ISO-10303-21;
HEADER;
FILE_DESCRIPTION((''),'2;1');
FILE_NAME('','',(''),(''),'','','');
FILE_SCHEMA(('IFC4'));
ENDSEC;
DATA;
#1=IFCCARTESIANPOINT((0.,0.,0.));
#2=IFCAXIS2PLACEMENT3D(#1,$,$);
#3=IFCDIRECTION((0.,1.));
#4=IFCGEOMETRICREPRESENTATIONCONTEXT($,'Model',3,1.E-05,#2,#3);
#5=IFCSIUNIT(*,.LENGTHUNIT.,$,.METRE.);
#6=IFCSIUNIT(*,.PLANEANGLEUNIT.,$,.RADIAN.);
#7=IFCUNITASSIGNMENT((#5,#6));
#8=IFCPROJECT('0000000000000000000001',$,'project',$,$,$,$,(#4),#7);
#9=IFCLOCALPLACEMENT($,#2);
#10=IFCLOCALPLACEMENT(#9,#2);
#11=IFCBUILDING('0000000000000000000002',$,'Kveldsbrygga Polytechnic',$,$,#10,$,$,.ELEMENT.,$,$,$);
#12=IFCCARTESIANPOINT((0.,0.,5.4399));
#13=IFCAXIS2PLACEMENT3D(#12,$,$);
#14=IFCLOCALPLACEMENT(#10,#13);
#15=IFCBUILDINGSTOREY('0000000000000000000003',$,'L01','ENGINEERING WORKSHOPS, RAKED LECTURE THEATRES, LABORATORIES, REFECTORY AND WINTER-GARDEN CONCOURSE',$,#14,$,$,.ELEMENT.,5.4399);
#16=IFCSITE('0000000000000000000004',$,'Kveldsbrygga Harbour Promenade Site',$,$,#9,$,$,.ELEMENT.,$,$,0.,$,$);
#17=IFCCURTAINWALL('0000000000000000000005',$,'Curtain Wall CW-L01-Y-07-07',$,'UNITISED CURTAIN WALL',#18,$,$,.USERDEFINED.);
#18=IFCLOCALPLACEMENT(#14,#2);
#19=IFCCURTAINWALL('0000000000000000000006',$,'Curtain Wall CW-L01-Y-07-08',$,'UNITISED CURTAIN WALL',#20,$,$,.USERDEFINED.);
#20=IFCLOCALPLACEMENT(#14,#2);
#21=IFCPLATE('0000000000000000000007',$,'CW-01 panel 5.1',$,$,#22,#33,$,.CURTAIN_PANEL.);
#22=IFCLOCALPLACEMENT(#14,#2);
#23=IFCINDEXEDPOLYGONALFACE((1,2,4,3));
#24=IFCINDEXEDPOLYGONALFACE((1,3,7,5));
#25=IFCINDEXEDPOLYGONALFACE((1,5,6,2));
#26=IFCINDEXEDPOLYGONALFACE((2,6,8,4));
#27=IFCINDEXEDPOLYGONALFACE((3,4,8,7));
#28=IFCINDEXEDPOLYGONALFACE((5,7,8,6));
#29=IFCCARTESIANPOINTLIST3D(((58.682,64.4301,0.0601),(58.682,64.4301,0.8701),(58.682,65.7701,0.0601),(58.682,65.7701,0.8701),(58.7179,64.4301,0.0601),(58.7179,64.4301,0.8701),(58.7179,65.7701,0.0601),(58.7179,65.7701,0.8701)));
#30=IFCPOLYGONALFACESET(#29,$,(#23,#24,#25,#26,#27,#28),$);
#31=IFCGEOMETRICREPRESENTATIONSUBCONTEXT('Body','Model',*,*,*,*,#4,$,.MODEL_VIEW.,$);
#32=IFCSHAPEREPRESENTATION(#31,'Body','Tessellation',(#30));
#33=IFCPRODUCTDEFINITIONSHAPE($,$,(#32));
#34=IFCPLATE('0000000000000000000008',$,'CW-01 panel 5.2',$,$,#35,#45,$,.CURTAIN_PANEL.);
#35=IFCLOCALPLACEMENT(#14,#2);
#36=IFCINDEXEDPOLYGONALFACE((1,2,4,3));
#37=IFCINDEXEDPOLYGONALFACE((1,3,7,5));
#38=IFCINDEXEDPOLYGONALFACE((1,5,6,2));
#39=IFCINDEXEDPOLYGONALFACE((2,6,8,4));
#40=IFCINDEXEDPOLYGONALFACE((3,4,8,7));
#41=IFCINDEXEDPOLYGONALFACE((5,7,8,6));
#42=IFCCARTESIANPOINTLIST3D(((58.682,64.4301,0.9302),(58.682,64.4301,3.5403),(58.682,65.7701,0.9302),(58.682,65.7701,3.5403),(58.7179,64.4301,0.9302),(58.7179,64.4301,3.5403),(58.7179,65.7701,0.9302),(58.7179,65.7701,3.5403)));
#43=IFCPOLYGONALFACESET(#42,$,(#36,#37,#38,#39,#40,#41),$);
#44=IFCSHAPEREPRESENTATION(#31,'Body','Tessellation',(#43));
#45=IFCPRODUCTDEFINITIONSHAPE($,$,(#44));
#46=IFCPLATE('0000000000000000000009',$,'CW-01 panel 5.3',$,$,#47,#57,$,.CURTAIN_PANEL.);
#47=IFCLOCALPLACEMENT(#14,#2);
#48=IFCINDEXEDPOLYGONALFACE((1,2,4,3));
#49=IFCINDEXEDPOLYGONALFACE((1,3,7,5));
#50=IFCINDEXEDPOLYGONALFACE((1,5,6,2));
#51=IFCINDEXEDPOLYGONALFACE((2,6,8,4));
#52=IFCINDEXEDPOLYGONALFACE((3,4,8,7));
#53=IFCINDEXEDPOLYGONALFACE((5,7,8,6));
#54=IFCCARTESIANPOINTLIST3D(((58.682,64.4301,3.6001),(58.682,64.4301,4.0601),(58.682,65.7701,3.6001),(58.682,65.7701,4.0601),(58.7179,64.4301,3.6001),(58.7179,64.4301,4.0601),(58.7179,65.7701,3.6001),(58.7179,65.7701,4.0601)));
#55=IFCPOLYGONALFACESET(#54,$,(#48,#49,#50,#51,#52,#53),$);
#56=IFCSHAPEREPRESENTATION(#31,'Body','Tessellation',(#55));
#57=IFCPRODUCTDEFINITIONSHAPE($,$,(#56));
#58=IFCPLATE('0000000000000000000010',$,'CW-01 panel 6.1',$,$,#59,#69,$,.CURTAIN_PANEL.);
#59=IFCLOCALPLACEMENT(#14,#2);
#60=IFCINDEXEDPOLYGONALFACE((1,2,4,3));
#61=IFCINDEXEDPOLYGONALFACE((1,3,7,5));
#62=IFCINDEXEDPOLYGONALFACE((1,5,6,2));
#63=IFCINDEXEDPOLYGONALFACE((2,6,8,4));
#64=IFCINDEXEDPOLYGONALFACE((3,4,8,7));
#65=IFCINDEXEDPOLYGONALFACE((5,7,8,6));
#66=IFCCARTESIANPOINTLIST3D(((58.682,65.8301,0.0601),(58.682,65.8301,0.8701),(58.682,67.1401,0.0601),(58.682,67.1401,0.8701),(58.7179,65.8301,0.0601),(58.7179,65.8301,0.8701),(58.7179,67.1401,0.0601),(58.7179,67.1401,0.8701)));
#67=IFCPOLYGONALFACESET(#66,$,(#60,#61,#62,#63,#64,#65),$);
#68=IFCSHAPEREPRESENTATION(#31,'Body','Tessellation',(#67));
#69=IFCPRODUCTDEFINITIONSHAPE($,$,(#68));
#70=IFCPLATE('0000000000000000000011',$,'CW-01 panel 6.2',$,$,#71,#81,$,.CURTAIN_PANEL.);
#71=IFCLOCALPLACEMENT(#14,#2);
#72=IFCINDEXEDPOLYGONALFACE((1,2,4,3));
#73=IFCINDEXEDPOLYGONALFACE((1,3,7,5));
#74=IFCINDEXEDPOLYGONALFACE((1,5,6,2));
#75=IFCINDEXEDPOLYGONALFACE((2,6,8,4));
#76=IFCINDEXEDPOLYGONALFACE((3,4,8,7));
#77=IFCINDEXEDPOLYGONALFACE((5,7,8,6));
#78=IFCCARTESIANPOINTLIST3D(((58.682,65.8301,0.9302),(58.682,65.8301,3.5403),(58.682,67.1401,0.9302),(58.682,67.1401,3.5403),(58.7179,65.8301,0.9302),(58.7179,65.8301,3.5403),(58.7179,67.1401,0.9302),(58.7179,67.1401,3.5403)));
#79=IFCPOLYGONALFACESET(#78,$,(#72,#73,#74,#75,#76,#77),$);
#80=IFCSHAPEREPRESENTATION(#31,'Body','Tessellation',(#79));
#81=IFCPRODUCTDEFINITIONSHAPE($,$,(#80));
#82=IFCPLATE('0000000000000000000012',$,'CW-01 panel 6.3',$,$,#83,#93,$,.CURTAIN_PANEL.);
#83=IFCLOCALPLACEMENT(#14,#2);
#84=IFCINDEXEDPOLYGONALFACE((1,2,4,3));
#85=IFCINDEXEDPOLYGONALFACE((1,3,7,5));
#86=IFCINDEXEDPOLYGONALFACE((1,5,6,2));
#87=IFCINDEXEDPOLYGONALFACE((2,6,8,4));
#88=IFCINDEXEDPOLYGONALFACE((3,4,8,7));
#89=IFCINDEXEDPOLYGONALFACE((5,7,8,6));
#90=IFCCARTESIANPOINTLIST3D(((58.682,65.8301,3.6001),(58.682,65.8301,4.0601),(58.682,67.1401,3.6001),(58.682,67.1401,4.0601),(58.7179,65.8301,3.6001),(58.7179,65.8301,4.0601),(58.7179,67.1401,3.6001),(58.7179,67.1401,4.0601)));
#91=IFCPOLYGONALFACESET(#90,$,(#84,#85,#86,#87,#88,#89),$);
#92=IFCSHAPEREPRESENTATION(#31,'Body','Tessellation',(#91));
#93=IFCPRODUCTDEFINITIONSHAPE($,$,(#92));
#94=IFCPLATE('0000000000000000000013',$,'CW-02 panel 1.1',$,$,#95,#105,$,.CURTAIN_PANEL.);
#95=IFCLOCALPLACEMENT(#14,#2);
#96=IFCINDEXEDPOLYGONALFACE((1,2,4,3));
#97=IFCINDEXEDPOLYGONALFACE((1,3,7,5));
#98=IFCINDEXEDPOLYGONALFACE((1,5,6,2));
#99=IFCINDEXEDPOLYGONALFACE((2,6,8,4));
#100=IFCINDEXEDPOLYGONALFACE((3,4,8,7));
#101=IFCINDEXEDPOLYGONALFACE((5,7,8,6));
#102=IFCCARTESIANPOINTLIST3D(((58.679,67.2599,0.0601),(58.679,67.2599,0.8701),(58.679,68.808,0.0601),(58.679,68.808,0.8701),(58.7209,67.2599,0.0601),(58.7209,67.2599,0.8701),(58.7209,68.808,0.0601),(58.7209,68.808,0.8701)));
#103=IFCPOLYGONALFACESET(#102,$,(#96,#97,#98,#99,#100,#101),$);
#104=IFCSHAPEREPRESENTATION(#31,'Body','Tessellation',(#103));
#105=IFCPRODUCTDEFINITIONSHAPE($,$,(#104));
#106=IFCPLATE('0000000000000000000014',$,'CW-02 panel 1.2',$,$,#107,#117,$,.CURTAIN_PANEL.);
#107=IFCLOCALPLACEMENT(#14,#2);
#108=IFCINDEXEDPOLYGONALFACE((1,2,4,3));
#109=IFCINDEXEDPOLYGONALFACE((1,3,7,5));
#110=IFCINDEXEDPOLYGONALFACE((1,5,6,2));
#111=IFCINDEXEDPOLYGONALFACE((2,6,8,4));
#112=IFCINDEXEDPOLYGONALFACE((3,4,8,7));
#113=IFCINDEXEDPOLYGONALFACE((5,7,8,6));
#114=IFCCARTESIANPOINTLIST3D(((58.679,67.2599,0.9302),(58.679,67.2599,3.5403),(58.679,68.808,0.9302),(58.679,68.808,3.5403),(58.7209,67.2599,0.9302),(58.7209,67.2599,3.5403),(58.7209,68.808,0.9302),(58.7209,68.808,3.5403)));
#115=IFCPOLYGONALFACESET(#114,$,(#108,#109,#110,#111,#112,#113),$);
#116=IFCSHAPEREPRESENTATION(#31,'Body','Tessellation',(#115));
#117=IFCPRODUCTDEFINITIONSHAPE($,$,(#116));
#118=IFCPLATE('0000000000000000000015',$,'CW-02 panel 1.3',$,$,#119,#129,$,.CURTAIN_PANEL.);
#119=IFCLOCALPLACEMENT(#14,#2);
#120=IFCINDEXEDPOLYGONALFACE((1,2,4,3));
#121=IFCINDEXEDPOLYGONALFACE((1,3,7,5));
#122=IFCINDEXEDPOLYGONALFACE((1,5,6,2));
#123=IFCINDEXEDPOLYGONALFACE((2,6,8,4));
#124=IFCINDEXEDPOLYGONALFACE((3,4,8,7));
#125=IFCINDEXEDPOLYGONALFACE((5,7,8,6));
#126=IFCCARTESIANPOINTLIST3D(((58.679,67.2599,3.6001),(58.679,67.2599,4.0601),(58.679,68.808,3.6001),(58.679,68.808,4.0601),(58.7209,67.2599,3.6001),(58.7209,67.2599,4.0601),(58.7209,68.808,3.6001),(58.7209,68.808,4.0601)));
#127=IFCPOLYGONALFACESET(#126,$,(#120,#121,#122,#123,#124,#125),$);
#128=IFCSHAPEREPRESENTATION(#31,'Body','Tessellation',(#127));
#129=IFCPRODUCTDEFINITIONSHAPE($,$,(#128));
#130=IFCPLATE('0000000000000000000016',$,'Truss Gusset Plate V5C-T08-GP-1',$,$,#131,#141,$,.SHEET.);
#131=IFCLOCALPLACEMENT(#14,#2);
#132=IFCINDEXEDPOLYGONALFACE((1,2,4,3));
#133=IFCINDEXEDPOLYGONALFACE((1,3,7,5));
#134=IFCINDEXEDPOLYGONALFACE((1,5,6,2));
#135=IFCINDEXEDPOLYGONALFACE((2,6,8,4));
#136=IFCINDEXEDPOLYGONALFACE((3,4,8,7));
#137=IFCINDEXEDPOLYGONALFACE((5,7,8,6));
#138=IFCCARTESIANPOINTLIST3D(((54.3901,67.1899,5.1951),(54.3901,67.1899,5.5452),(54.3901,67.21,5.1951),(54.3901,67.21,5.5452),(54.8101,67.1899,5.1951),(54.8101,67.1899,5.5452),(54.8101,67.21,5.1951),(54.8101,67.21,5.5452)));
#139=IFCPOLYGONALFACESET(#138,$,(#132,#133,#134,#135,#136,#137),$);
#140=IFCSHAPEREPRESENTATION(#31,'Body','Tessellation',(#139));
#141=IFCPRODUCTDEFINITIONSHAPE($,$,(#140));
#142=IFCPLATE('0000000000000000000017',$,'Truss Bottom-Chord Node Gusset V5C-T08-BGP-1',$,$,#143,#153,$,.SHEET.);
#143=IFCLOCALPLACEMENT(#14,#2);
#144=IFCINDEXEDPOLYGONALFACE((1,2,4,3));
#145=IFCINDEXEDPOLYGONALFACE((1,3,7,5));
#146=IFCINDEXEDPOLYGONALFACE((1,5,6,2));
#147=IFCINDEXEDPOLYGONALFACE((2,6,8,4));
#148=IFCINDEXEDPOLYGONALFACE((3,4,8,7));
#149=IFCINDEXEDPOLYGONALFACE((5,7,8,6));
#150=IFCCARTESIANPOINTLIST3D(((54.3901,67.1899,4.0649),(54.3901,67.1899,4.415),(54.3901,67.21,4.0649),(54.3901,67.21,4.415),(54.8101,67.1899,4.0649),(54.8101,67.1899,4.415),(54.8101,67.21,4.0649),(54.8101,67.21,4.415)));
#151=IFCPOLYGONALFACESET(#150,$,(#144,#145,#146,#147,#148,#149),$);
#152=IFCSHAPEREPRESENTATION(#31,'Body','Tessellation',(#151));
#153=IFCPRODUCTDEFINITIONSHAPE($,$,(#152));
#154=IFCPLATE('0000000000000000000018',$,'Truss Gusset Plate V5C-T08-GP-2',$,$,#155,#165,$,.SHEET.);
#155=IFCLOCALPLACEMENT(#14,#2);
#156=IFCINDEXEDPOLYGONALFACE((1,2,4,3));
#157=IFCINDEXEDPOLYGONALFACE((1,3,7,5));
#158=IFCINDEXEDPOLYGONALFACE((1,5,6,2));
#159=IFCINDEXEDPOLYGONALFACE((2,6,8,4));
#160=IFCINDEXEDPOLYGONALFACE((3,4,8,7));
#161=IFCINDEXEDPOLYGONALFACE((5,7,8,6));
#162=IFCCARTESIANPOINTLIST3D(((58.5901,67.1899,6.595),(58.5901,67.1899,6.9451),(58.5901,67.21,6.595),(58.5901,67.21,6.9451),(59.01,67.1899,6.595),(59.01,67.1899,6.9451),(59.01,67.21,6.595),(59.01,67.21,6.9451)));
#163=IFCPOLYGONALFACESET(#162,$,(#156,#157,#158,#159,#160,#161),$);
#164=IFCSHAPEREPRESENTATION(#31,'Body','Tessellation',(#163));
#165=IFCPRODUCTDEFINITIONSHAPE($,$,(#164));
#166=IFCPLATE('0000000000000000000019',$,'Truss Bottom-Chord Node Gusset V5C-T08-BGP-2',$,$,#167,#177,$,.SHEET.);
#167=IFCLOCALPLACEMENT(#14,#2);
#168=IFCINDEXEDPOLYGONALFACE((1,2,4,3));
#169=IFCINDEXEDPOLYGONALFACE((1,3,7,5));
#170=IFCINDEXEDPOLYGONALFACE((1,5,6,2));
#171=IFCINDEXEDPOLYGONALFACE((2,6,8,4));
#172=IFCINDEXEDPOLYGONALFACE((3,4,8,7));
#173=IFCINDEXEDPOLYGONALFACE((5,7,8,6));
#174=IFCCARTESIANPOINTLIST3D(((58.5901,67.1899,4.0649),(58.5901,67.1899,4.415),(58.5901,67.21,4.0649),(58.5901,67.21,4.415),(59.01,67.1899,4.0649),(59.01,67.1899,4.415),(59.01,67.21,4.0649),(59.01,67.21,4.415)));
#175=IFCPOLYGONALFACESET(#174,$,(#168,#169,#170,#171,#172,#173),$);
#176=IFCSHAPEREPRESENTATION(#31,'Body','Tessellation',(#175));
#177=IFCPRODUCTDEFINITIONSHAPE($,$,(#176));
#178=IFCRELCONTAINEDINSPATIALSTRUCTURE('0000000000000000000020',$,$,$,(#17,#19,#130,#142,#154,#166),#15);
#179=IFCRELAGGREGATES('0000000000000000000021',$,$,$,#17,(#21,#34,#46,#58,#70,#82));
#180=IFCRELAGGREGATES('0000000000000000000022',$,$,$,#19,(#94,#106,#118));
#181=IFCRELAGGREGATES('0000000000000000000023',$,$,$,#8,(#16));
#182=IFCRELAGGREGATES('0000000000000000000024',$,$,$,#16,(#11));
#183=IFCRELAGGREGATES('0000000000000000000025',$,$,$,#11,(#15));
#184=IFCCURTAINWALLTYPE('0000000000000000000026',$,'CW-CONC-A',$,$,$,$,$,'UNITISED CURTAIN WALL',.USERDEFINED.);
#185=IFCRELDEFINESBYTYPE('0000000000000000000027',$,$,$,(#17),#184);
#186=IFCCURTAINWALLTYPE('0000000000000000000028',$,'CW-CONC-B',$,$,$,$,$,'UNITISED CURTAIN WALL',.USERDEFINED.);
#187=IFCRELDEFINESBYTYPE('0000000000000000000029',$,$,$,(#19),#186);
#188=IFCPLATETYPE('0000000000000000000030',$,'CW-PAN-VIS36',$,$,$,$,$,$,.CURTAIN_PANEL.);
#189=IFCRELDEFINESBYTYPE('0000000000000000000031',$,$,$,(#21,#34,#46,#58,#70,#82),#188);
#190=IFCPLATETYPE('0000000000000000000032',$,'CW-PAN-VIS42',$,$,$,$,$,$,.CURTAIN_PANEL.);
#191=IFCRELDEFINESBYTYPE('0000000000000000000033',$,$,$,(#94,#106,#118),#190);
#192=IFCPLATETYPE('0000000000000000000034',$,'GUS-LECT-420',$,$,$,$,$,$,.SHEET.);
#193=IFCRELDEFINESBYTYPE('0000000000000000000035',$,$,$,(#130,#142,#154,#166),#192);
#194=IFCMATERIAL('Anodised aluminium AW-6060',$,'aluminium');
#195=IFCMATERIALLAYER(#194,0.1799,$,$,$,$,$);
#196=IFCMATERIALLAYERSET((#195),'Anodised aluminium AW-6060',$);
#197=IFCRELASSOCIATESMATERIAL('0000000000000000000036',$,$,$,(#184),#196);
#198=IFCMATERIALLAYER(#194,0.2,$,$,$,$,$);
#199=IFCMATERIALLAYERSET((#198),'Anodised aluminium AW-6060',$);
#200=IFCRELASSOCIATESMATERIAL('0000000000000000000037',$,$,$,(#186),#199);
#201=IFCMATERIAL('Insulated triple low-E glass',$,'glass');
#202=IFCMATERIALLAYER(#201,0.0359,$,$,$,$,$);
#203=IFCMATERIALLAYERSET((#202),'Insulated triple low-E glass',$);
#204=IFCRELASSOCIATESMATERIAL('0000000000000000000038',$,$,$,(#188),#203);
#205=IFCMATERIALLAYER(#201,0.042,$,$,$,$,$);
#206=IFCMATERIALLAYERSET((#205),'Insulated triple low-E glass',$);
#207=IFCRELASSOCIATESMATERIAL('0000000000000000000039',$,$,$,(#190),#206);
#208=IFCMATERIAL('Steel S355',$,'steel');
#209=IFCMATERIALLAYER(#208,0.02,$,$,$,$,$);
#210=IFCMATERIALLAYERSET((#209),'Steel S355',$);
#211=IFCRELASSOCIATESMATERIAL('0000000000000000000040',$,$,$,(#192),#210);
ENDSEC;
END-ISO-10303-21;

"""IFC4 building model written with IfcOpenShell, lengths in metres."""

from ifc_helpers import new_model, si_unit, direction, frame, origin, origin_2d, place, context, subcontext, project, spatial, rectangle, extrude, material, layer, layer_set, type_object, element, aggregate, save


model = new_model("IFC4")

# Units and contexts
model_context = context("Model", 3, precision=1e-05, world=origin(), true_north=direction((0.0, 1.0)))
body_context = subcontext(model_context, "Body", "Model", "MODEL_VIEW")
ifc_project = project(units=[si_unit("LENGTHUNIT", "METRE"), si_unit("PLANEANGLEUNIT", "RADIAN")], contexts=[model_context])

# Site, building, storey
site_placement = place(None, origin())
site = spatial("IfcSite", under=ifc_project, at=site_placement, Name="Kveldsbrygga Harbour Promenade Site", CompositionType="ELEMENT", RefElevation=0.0)
building_placement = place(site_placement, origin())
building = spatial("IfcBuilding", under=site, at=building_placement, Name="Kveldsbrygga Polytechnic", CompositionType="ELEMENT")
storey_placement = place(building_placement, frame((0.0, 0.0, 5.4399)))
storey = spatial("IfcBuildingStorey", under=building, at=storey_placement, Name="L01", Description="ENGINEERING WORKSHOPS, RAKED LECTURE THEATRES, LABORATORIES, REFECTORY AND WINTER-GARDEN CONCOURSE", CompositionType="ELEMENT", Elevation=5.4399)

# Curtain walls
ifc_material_1 = material(Name="Anodised aluminium AW-6060", Category="aluminium")
ifc_layer_1 = layer(ifc_material_1, 0.1799)
ifc_layer_set_1 = layer_set([ifc_layer_1], Name="Anodised aluminium AW-6060")
curtain_wall_type_1 = type_object("IfcCurtainWallType", Name="CW-CONC-A", ElementType="UNITISED CURTAIN WALL", PredefinedType="USERDEFINED", material=ifc_layer_set_1)
curtain_wall_1_placement = place(storey_placement, origin())
curtain_wall_1 = element("IfcCurtainWall", 1, at=curtain_wall_1_placement, inside=storey, type_object=curtain_wall_type_1, Name="Curtain Wall CW-L01-Y-07-07", ObjectType="UNITISED CURTAIN WALL", PredefinedType="USERDEFINED")
ifc_layer_2 = layer(ifc_material_1, 0.2)
ifc_layer_set_2 = layer_set([ifc_layer_2], Name="Anodised aluminium AW-6060")
curtain_wall_type_2 = type_object("IfcCurtainWallType", Name="CW-CONC-B", ElementType="UNITISED CURTAIN WALL", PredefinedType="USERDEFINED", material=ifc_layer_set_2)
curtain_wall_2_placement = place(storey_placement, origin())
curtain_wall_2 = element("IfcCurtainWall", 2, at=curtain_wall_2_placement, inside=storey, type_object=curtain_wall_type_2, Name="Curtain Wall CW-L01-Y-07-08", ObjectType="UNITISED CURTAIN WALL", PredefinedType="USERDEFINED")

# Shared definitions
ifc_material_2 = material(Name="Steel S355", Category="steel")

# Plates
ifc_material_3 = material(Name="Insulated triple low-E glass", Category="glass")
ifc_layer_3 = layer(ifc_material_3, 0.0359)
ifc_layer_set_3 = layer_set([ifc_layer_3], Name="Insulated triple low-E glass")
plate_type_1 = type_object("IfcPlateType", Name="CW-PAN-VIS36", PredefinedType="CURTAIN_PANEL", material=ifc_layer_set_3)
plate_1_placement = place(storey_placement, frame((58.7, 65.1001, 0.0601), z_axis=(0.0, 0.0, 1.0), x_axis=(0.0, 1.0, 0.0)))
plate_1 = element("IfcPlate", 3, at=plate_1_placement, type_object=plate_type_1, Name="CW-01 panel 5.1", PredefinedType="CURTAIN_PANEL", context=body_context, shape_type="SweptSolid", body=[
    extrude(rectangle(XDim=1.3401, YDim=0.0359, at=origin_2d()), origin(), (0.0, 0.0, 1.0), 0.8101),
])
plate_2_placement = place(storey_placement, frame((58.7, 65.1001, 0.9302), z_axis=(0.0, 0.0, 1.0), x_axis=(0.0, 1.0, 0.0)))
plate_2 = element("IfcPlate", 4, at=plate_2_placement, type_object=plate_type_1, Name="CW-01 panel 5.2", PredefinedType="CURTAIN_PANEL", context=body_context, shape_type="SweptSolid", body=[
    extrude(rectangle(XDim=1.3401, YDim=0.0359, at=origin_2d()), origin(), (0.0, 0.0, 1.0), 2.6101),
])
plate_3_placement = place(storey_placement, frame((58.7, 65.1001, 3.6001), z_axis=(0.0, 0.0, 1.0), x_axis=(0.0, 1.0, 0.0)))
plate_3 = element("IfcPlate", 5, at=plate_3_placement, type_object=plate_type_1, Name="CW-01 panel 5.3", PredefinedType="CURTAIN_PANEL", context=body_context, shape_type="SweptSolid", body=[
    extrude(rectangle(XDim=1.3401, YDim=0.0359, at=origin_2d()), origin(), (0.0, 0.0, 1.0), 0.46),
])
plate_4_placement = place(storey_placement, frame((58.7, 66.4851, 0.0601), z_axis=(0.0, 0.0, 1.0), x_axis=(0.0, 1.0, 0.0)))
plate_4 = element("IfcPlate", 6, at=plate_4_placement, type_object=plate_type_1, Name="CW-01 panel 6.1", PredefinedType="CURTAIN_PANEL", context=body_context, shape_type="SweptSolid", body=[
    extrude(rectangle(XDim=1.3101, YDim=0.0359, at=origin_2d()), origin(), (0.0, 0.0, 1.0), 0.8101),
])
plate_5_placement = place(storey_placement, frame((58.7, 66.4851, 0.9302), z_axis=(0.0, 0.0, 1.0), x_axis=(0.0, 1.0, 0.0)))
plate_5 = element("IfcPlate", 7, at=plate_5_placement, type_object=plate_type_1, Name="CW-01 panel 6.2", PredefinedType="CURTAIN_PANEL", context=body_context, shape_type="SweptSolid", body=[
    extrude(rectangle(XDim=1.3101, YDim=0.0359, at=origin_2d()), origin(), (0.0, 0.0, 1.0), 2.6101),
])
plate_6_placement = place(storey_placement, frame((58.7, 66.4851, 3.6001), z_axis=(0.0, 0.0, 1.0), x_axis=(0.0, 1.0, 0.0)))
plate_6 = element("IfcPlate", 8, at=plate_6_placement, type_object=plate_type_1, Name="CW-01 panel 6.3", PredefinedType="CURTAIN_PANEL", context=body_context, shape_type="SweptSolid", body=[
    extrude(rectangle(XDim=1.3101, YDim=0.0359, at=origin_2d()), origin(), (0.0, 0.0, 1.0), 0.46),
])
aggregate(curtain_wall_1, [plate_1, plate_2, plate_3, plate_4, plate_5, plate_6])
ifc_layer_4 = layer(ifc_material_3, 0.042)
ifc_layer_set_4 = layer_set([ifc_layer_4], Name="Insulated triple low-E glass")
plate_type_2 = type_object("IfcPlateType", Name="CW-PAN-VIS42", PredefinedType="CURTAIN_PANEL", material=ifc_layer_set_4)
plate_7_placement = place(storey_placement, frame((58.7, 68.0339, 0.0601), z_axis=(0.0, 0.0, 1.0), x_axis=(0.0, 1.0, 0.0)))
plate_7 = element("IfcPlate", 9, at=plate_7_placement, type_object=plate_type_2, Name="CW-02 panel 1.1", PredefinedType="CURTAIN_PANEL", context=body_context, shape_type="SweptSolid", body=[
    extrude(rectangle(XDim=1.5481, YDim=0.042, at=origin_2d()), origin(), (0.0, 0.0, 1.0), 0.8101),
])
plate_8_placement = place(storey_placement, frame((58.7, 68.0339, 0.9302), z_axis=(0.0, 0.0, 1.0), x_axis=(0.0, 1.0, 0.0)))
plate_8 = element("IfcPlate", 10, at=plate_8_placement, type_object=plate_type_2, Name="CW-02 panel 1.2", PredefinedType="CURTAIN_PANEL", context=body_context, shape_type="SweptSolid", body=[
    extrude(rectangle(XDim=1.5481, YDim=0.042, at=origin_2d()), origin(), (0.0, 0.0, 1.0), 2.6101),
])
plate_9_placement = place(storey_placement, frame((58.7, 68.0339, 3.6001), z_axis=(0.0, 0.0, 1.0), x_axis=(0.0, 1.0, 0.0)))
plate_9 = element("IfcPlate", 11, at=plate_9_placement, type_object=plate_type_2, Name="CW-02 panel 1.3", PredefinedType="CURTAIN_PANEL", context=body_context, shape_type="SweptSolid", body=[
    extrude(rectangle(XDim=1.5481, YDim=0.042, at=origin_2d()), origin(), (0.0, 0.0, 1.0), 0.46),
])
aggregate(curtain_wall_2, [plate_7, plate_8, plate_9])

# Plates
ifc_layer_5 = layer(ifc_material_2, 0.02)
ifc_layer_set_5 = layer_set([ifc_layer_5], Name="Steel S355")
plate_type_3 = type_object("IfcPlateType", Name="GUS-LECT-420", PredefinedType="SHEET", material=ifc_layer_set_5)
for number, where, z_axis, x_axis, name in (
    (12, (54.6001, 67.2, 5.1951), (0.0, 0.0, 1.0), (1.0, 0.0, 0.0), "Truss Gusset Plate V5C-T08-GP-1"),
    (13, (54.6001, 67.2, 4.0649), (0.0, 0.0, 1.0), (1.0, 0.0, 0.0), "Truss Bottom-Chord Node Gusset V5C-T08-BGP-1"),
    (14, (58.8, 67.2, 6.595), (0.0, 0.0, 1.0), (1.0, 0.0, 0.0), "Truss Gusset Plate V5C-T08-GP-2"),
    (15, (58.8, 67.2, 4.0649), (0.0, 0.0, 1.0), (1.0, 0.0, 0.0), "Truss Bottom-Chord Node Gusset V5C-T08-BGP-2"),
):
    element("IfcPlate", number, at=place(storey_placement, frame(where, z_axis=z_axis, x_axis=x_axis)), inside=storey, type_object=plate_type_3, Name=name, PredefinedType="SHEET", context=body_context, shape_type="SweptSolid", body=[
        extrude(rectangle(XDim=0.4199, YDim=0.02, at=origin_2d()), origin(), (0.0, 0.0, 1.0), 0.3501),
    ])

save(model, "model.ifc")
